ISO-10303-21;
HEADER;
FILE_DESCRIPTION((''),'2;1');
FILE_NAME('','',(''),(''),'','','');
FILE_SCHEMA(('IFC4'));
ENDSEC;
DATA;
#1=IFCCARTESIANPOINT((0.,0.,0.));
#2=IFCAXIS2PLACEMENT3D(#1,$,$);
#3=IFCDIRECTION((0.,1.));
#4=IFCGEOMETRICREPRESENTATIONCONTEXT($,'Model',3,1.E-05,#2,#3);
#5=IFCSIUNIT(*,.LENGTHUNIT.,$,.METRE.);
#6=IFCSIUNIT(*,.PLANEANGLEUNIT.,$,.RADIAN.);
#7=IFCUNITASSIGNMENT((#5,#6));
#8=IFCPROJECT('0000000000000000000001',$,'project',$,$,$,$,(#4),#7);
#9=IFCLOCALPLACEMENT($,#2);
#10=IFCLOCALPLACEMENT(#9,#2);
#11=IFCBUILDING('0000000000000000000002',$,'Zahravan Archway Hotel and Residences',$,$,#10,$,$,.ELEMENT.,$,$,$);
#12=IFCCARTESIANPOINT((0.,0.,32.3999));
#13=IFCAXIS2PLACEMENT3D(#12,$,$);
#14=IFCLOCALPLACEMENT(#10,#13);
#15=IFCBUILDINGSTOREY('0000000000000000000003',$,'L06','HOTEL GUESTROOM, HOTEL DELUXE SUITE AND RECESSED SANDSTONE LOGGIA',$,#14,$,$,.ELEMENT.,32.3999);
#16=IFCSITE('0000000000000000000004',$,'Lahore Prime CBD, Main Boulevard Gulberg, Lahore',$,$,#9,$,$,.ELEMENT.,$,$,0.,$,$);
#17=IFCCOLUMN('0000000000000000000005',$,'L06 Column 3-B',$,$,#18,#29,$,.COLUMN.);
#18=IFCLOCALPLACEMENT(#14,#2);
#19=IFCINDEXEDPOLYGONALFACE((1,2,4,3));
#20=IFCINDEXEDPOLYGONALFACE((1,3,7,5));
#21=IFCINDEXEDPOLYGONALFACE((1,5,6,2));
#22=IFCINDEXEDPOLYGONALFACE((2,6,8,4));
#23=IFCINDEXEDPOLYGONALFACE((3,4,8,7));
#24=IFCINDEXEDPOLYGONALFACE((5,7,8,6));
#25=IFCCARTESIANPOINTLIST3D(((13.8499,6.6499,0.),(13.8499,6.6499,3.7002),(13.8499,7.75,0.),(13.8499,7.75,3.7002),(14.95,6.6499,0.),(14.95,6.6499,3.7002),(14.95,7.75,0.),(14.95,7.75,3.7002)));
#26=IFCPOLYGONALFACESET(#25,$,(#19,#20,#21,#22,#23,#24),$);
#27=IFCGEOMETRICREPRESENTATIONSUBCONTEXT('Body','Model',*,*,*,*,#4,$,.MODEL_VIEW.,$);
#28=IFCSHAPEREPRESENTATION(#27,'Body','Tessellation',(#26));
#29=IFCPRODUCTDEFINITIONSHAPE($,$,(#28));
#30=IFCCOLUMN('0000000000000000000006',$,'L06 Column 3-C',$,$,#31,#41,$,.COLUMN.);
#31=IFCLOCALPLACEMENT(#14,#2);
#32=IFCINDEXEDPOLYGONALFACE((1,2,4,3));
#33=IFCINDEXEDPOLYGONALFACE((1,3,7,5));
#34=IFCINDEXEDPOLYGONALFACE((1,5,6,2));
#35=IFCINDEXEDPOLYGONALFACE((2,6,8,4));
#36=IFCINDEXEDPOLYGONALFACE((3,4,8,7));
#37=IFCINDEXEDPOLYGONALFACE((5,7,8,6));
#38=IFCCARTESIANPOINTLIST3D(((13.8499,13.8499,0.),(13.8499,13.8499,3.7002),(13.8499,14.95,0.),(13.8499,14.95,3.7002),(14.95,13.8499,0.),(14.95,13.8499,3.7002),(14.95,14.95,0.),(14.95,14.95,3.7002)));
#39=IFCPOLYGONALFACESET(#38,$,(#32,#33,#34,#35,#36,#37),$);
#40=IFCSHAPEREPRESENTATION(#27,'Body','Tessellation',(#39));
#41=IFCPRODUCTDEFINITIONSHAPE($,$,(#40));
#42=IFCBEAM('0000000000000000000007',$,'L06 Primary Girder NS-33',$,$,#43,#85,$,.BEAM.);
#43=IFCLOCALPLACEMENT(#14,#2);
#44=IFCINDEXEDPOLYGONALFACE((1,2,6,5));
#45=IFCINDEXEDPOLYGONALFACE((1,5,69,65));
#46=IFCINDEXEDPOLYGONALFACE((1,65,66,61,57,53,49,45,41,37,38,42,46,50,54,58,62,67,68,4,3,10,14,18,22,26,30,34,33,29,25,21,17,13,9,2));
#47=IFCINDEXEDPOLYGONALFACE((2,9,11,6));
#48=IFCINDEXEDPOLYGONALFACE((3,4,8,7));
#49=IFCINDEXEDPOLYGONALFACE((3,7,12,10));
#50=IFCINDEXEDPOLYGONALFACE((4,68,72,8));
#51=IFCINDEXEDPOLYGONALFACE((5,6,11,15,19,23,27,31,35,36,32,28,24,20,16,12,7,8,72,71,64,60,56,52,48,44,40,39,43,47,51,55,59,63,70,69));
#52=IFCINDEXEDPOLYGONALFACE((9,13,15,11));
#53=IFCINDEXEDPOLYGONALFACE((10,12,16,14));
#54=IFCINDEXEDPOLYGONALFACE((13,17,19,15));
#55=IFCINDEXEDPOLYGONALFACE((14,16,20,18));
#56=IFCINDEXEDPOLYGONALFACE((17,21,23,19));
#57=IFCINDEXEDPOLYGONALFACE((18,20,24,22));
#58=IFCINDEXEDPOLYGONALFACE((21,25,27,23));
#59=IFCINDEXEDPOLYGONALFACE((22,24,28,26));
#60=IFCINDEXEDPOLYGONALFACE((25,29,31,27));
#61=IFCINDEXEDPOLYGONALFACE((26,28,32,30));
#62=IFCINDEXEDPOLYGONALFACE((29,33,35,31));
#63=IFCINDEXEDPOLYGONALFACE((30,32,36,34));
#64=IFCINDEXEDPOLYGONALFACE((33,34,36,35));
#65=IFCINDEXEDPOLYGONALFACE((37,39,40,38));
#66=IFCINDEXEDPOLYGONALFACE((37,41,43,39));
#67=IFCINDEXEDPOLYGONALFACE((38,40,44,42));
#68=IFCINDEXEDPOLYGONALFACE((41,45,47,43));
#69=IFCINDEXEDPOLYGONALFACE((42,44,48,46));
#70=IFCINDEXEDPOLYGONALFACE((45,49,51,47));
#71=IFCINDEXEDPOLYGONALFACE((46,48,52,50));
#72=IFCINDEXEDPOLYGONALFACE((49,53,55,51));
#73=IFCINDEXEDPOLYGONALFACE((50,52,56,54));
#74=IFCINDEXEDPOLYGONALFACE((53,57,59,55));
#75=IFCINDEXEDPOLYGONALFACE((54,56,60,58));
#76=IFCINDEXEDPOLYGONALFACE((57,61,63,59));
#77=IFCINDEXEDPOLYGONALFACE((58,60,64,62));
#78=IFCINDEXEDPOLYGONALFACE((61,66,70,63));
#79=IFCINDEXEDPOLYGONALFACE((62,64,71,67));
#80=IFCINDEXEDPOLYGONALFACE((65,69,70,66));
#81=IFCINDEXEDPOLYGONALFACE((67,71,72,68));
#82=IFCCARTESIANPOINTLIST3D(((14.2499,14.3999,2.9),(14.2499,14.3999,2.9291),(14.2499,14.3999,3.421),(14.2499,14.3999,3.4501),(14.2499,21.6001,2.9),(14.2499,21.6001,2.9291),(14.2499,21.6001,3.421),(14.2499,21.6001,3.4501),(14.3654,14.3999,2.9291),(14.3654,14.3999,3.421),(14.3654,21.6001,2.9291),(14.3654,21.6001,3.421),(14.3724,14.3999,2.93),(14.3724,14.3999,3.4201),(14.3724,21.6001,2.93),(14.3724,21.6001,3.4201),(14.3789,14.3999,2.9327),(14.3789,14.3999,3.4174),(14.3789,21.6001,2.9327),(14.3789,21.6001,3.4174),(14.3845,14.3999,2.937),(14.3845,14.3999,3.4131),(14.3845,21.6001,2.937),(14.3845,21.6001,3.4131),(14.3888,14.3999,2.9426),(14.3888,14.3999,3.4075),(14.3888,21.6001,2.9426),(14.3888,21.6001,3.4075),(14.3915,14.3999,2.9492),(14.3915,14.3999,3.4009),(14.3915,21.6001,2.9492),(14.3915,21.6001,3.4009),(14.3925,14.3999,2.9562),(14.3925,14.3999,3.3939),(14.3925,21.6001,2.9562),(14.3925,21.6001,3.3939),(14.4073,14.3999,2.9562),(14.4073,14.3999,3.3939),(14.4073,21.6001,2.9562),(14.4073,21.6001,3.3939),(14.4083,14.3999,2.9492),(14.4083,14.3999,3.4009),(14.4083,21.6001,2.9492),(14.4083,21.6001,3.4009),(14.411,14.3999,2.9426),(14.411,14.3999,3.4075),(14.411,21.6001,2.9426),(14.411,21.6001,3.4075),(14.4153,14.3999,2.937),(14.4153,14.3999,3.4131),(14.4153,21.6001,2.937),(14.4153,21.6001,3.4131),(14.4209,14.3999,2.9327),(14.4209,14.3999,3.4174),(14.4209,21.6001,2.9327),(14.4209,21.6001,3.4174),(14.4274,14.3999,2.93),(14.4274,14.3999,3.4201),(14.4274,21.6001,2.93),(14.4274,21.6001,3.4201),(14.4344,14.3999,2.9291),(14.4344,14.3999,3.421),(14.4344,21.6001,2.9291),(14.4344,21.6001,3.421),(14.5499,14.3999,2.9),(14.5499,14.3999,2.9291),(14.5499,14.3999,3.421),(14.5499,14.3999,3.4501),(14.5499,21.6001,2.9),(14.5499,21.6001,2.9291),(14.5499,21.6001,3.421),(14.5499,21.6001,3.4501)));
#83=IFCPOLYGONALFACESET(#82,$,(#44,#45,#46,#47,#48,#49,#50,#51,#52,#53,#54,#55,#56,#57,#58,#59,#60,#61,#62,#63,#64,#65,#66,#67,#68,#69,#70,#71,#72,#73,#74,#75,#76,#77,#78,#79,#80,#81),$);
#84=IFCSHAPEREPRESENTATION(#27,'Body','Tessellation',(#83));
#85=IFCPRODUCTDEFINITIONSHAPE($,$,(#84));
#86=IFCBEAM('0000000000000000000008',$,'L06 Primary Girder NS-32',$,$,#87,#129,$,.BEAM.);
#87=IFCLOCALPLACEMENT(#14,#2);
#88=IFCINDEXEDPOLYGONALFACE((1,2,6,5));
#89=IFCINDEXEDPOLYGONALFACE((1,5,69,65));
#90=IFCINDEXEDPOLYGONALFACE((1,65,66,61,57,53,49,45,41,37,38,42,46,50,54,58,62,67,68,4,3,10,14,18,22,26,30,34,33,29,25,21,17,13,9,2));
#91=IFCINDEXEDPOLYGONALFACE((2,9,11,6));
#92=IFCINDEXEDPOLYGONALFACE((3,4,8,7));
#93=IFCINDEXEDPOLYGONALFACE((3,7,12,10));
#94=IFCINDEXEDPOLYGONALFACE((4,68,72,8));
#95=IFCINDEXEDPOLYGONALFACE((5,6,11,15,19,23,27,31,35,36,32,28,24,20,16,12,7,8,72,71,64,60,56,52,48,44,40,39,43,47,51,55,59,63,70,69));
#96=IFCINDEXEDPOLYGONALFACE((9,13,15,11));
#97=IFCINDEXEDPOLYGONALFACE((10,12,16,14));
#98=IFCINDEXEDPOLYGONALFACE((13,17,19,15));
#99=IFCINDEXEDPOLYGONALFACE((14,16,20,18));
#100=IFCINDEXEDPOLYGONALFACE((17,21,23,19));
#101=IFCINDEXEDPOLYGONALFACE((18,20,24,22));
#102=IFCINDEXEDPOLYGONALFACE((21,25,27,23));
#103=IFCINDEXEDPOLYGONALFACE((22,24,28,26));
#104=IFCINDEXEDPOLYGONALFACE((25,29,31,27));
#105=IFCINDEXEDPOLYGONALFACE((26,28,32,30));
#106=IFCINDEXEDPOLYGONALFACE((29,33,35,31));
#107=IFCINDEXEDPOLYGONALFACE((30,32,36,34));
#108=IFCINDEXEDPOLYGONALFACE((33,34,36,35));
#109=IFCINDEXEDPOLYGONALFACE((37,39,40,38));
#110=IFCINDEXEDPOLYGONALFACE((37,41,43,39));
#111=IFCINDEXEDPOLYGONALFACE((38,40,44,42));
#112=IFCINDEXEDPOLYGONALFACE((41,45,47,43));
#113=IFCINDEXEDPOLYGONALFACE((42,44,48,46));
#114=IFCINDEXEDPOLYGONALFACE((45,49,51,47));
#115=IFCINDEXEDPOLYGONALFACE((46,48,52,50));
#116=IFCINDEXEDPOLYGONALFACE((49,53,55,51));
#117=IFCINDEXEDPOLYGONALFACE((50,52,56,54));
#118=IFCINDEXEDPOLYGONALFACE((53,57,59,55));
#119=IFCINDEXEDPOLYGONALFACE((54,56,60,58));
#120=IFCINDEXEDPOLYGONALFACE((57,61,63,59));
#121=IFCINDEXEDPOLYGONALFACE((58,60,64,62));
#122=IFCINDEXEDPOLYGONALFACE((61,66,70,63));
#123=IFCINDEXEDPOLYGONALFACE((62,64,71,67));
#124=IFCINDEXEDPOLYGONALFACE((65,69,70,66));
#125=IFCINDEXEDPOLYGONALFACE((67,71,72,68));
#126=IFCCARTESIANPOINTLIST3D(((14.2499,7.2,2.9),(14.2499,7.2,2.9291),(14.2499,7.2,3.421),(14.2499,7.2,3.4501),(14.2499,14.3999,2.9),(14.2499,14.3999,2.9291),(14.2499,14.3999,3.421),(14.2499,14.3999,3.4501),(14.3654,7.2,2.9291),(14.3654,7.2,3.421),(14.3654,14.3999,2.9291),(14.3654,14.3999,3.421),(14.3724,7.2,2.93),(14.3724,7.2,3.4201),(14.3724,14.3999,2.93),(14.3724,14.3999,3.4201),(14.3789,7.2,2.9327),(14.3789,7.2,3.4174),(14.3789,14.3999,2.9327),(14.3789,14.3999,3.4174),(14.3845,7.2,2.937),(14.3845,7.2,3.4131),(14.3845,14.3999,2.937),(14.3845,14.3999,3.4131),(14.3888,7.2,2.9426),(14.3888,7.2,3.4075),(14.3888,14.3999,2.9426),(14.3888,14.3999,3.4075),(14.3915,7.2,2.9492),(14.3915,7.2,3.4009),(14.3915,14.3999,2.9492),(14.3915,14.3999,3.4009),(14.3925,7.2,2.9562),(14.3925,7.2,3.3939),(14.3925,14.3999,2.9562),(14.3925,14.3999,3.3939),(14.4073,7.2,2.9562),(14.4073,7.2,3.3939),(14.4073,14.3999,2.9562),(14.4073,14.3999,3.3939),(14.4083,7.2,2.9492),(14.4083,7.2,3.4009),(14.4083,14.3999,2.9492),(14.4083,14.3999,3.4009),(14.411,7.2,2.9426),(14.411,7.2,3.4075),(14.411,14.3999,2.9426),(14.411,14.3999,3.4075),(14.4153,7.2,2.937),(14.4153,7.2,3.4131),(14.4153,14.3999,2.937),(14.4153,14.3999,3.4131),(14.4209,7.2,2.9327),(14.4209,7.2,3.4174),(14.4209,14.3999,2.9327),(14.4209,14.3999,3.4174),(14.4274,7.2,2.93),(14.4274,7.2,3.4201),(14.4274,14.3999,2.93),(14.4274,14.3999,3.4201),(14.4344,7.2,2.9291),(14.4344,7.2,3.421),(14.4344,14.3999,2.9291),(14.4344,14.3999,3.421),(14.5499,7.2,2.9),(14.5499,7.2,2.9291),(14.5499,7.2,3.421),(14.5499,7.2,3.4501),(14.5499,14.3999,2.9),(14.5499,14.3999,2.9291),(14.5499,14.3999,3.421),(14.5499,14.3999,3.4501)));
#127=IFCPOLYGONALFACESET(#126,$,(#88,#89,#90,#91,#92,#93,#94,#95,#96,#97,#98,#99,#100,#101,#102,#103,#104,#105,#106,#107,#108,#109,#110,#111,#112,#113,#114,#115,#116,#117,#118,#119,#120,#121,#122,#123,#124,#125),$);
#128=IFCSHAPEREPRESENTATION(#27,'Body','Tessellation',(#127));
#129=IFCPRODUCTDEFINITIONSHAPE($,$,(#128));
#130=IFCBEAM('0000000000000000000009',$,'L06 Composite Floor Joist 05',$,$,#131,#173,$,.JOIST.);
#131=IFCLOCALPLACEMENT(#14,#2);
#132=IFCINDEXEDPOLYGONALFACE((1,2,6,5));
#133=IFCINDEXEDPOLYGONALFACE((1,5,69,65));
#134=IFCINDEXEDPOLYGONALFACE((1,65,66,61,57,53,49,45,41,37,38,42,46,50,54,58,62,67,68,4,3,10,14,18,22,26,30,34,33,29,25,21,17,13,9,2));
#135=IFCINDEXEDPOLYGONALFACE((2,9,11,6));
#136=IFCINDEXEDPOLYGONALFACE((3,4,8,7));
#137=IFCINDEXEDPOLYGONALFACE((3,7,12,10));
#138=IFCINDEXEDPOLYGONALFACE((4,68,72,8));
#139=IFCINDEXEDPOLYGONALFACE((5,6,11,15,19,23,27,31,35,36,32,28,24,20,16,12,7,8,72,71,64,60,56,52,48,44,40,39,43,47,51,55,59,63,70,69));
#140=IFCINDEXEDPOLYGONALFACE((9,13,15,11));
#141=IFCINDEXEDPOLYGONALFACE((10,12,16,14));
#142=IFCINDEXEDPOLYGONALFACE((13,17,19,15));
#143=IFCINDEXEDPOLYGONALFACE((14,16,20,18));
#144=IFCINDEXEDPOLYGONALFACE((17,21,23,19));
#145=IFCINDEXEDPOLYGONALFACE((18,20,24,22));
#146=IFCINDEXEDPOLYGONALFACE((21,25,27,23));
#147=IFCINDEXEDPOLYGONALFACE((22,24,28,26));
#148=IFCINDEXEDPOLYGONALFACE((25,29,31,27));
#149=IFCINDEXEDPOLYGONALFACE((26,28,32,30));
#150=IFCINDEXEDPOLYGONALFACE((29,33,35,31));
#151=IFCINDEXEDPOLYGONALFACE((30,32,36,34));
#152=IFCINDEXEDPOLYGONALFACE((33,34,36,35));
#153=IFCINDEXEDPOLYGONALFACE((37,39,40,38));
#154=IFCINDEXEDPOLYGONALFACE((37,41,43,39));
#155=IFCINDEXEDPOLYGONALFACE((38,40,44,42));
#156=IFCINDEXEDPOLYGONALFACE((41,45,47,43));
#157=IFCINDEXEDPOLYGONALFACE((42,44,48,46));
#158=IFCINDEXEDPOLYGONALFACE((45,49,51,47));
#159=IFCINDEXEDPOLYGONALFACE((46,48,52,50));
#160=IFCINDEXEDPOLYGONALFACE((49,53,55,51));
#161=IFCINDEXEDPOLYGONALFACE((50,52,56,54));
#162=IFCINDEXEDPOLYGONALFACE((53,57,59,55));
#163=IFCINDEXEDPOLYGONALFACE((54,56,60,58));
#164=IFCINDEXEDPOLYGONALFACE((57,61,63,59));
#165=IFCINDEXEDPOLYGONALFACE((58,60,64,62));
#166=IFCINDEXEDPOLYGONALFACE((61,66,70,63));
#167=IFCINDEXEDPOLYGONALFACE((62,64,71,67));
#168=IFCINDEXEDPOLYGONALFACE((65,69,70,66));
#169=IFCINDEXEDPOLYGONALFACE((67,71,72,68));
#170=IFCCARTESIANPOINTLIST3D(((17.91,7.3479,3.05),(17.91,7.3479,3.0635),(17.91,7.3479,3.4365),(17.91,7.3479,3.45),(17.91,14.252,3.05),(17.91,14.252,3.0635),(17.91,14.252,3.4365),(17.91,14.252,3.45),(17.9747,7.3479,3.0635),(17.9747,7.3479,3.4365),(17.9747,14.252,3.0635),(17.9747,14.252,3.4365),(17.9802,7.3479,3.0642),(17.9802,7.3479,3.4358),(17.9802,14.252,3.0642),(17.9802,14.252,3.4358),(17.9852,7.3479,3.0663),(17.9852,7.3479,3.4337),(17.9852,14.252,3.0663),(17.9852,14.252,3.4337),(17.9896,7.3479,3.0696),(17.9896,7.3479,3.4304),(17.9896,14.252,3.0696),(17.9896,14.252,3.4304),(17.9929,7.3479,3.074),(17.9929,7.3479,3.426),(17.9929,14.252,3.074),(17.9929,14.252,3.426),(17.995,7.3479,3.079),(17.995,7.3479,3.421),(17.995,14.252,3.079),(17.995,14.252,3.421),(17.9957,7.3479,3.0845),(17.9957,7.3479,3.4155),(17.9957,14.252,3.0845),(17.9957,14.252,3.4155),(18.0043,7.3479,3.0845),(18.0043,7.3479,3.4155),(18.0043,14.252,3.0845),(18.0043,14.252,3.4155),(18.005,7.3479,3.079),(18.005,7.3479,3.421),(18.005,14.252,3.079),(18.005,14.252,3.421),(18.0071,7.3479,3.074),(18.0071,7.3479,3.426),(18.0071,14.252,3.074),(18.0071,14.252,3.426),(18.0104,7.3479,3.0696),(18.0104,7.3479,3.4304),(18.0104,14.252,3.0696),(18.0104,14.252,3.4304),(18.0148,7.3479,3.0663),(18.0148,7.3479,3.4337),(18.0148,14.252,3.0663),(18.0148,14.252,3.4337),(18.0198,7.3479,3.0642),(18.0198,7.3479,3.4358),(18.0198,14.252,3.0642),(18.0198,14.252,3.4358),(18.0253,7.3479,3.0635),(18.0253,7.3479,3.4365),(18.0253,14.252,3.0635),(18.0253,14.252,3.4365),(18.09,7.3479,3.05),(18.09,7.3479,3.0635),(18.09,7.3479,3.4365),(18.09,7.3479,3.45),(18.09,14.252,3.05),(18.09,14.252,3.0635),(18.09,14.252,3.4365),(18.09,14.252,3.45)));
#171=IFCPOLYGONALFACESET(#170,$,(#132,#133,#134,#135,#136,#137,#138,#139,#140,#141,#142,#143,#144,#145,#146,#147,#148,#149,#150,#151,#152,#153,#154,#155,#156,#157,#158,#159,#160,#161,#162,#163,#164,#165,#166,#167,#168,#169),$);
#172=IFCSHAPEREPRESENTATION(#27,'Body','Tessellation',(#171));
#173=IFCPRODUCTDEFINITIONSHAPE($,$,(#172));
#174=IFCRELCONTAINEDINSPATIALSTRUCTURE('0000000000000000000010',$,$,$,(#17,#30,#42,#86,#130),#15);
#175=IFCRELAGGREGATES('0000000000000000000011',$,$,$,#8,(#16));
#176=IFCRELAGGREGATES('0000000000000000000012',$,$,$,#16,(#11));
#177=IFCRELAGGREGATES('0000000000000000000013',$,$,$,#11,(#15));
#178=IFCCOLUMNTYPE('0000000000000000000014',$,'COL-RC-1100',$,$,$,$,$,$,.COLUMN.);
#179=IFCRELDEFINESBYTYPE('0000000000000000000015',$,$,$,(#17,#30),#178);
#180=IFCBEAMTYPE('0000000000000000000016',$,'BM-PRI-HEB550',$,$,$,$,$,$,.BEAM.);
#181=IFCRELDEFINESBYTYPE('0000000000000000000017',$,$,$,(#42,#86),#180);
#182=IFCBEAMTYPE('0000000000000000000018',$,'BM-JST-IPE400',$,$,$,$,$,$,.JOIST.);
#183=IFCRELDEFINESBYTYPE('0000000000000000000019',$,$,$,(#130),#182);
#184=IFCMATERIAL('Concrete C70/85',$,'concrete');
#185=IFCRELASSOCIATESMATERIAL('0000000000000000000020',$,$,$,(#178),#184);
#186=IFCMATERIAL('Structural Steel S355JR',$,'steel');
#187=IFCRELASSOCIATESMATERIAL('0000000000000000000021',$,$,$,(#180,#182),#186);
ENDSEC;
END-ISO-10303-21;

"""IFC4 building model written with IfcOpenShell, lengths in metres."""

from ifc_helpers import new_model, si_unit, direction, frame, origin, origin_2d, place, context, subcontext, project, spatial, rectangle, i_section, extrude, source, transform, mapped, material, material_profile, profile_set, type_object, type_shapes, element, save


model = new_model("IFC4")

# Units and contexts
model_context = context("Model", 3, precision=1e-05, world=origin(), true_north=direction((0.0, 1.0)))
body_context = subcontext(model_context, "Body", "Model", "MODEL_VIEW")
ifc_project = project(units=[si_unit("LENGTHUNIT", "METRE"), si_unit("PLANEANGLEUNIT", "RADIAN")], contexts=[model_context])

# Site, building, storey
site_placement = place(None, origin())
site = spatial("IfcSite", under=ifc_project, at=site_placement, Name="Lahore Prime CBD, Main Boulevard Gulberg, Lahore", CompositionType="ELEMENT", RefElevation=0.0)
building_placement = place(site_placement, origin())
building = spatial("IfcBuilding", under=site, at=building_placement, Name="Zahravan Archway Hotel and Residences", CompositionType="ELEMENT")
storey_placement = place(building_placement, frame((0.0, 0.0, 32.3999)))
storey = spatial("IfcBuildingStorey", under=building, at=storey_placement, Name="L06", Description="HOTEL GUESTROOM, HOTEL DELUXE SUITE AND RECESSED SANDSTONE LOGGIA", CompositionType="ELEMENT", Elevation=32.3999)

# Columns
ifc_material_1 = material(Name="Concrete C70/85", Category="concrete")
ifc_material_profile_1 = material_profile(ifc_material_1, rectangle(XDim=1.1001, YDim=1.1001, at=origin_2d()), Name="RC 1100x1100", Category="concrete")
ifc_profile_set_1 = profile_set([ifc_material_profile_1], Name="Concrete C70/85")
column_type = type_object("IfcColumnType", Name="COL-RC-1100", PredefinedType="COLUMN", material=ifc_profile_set_1)
shared_shape_1 = source(origin(), body_context, "Body", "SweptSolid", [
    extrude(rectangle(XDim=1.1001, YDim=1.1001, at=origin_2d()), origin(), (0.0, 0.0, 1.0), 3.7002),
])
for number, where, z_axis, x_axis, name in (
    (1, (14.3999, 7.2, 0.0), (0.0, 0.0, 1.0), (1.0, 0.0, 0.0), "L06 Column 3-B"),
    (2, (14.3999, 14.3999, 0.0), (0.0, 0.0, 1.0), (1.0, 0.0, 0.0), "L06 Column 3-C"),
):
    element("IfcColumn", number, at=place(storey_placement, frame(where, z_axis=z_axis, x_axis=x_axis)), inside=storey, type_object=column_type, Name=name, PredefinedType="COLUMN", context=body_context, shape_type="MappedRepresentation", body=[
        mapped(shared_shape_1, transform((0.0, 0.0, 0.0), scale=1.0)),
    ])

# Beams
ifc_material_2 = material(Name="Structural Steel S355JR", Category="steel")
ifc_material_profile_2 = material_profile(ifc_material_2, i_section(OverallWidth=0.3, OverallDepth=0.55, WebThickness=0.0149, FlangeThickness=0.0291, FilletRadius=0.0271, at=origin_2d()), Name="HEB 550", Category="steel")
ifc_profile_set_2 = profile_set([ifc_material_profile_2], Name="Structural Steel S355JR")
beam_type_1 = type_object("IfcBeamType", Name="BM-PRI-HEB550", PredefinedType="BEAM", material=ifc_profile_set_2)
shared_shape_2 = source(origin(), body_context, "Body", "SweptSolid", [
    extrude(i_section(OverallWidth=0.3, OverallDepth=0.55, WebThickness=0.0149, FlangeThickness=0.0291, FilletRadius=0.0271, at=origin_2d()), origin(), (0.0, 0.0, 1.0), 7.2002),
])
type_shapes(beam_type_1, [shared_shape_2])
beam_1_placement = place(storey_placement, frame((14.3999, 14.3999, 3.175), z_axis=(0.0, 1.0, 0.0), x_axis=(-1.0, 0.0, 0.0)))
element("IfcBeam", 3, at=beam_1_placement, inside=storey, type_object=beam_type_1, Name="L06 Primary Girder NS-33", PredefinedType="BEAM", context=body_context, shape_type="MappedRepresentation", body=[
    mapped(shared_shape_2, transform((0.0, 0.0, 0.0), scale=1.0)),
])
shared_shape_3 = source(origin(), body_context, "Body", "SweptSolid", [
    extrude(i_section(OverallWidth=0.3, OverallDepth=0.55, WebThickness=0.0149, FlangeThickness=0.0291, FilletRadius=0.0271, at=origin_2d()), origin(), (0.0, 0.0, 1.0), 7.2),
])
beam_2_placement = place(storey_placement, frame((14.3999, 7.2, 3.175), z_axis=(0.0, 1.0, 0.0), x_axis=(-1.0, 0.0, 0.0)))
element("IfcBeam", 4, at=beam_2_placement, inside=storey, type_object=beam_type_1, Name="L06 Primary Girder NS-32", PredefinedType="BEAM", context=body_context, shape_type="MappedRepresentation", body=[
    mapped(shared_shape_3, transform((0.0, 0.0, 0.0), scale=1.0)),
])
ifc_material_profile_3 = material_profile(ifc_material_2, i_section(OverallWidth=0.1799, OverallDepth=0.3999, WebThickness=0.0085, FlangeThickness=0.0134, FilletRadius=0.021, at=origin_2d()), Name="IPE 400", Category="steel")
ifc_profile_set_3 = profile_set([ifc_material_profile_3], Name="Structural Steel S355JR")
beam_type_2 = type_object("IfcBeamType", Name="BM-JST-IPE400", PredefinedType="JOIST", material=ifc_profile_set_3)
shared_shape_4 = source(origin(), body_context, "Body", "SweptSolid", [
    extrude(i_section(OverallWidth=0.1799, OverallDepth=0.3999, WebThickness=0.0085, FlangeThickness=0.0134, FilletRadius=0.021, at=origin_2d()), origin(), (0.0, 0.0, 1.0), 6.9041),
])
type_shapes(beam_type_2, [shared_shape_4])
beam_3_placement = place(storey_placement, frame((18.0, 7.3479, 3.25), z_axis=(0.0, 1.0, 0.0), x_axis=(-1.0, 0.0, 0.0)))
element("IfcBeam", 5, at=beam_3_placement, inside=storey, type_object=beam_type_2, Name="L06 Composite Floor Joist 05", PredefinedType="JOIST", context=body_context, shape_type="MappedRepresentation", body=[
    mapped(shared_shape_4, transform((0.0, 0.0, 0.0), scale=1.0)),
])

save(model, "model.ifc")
